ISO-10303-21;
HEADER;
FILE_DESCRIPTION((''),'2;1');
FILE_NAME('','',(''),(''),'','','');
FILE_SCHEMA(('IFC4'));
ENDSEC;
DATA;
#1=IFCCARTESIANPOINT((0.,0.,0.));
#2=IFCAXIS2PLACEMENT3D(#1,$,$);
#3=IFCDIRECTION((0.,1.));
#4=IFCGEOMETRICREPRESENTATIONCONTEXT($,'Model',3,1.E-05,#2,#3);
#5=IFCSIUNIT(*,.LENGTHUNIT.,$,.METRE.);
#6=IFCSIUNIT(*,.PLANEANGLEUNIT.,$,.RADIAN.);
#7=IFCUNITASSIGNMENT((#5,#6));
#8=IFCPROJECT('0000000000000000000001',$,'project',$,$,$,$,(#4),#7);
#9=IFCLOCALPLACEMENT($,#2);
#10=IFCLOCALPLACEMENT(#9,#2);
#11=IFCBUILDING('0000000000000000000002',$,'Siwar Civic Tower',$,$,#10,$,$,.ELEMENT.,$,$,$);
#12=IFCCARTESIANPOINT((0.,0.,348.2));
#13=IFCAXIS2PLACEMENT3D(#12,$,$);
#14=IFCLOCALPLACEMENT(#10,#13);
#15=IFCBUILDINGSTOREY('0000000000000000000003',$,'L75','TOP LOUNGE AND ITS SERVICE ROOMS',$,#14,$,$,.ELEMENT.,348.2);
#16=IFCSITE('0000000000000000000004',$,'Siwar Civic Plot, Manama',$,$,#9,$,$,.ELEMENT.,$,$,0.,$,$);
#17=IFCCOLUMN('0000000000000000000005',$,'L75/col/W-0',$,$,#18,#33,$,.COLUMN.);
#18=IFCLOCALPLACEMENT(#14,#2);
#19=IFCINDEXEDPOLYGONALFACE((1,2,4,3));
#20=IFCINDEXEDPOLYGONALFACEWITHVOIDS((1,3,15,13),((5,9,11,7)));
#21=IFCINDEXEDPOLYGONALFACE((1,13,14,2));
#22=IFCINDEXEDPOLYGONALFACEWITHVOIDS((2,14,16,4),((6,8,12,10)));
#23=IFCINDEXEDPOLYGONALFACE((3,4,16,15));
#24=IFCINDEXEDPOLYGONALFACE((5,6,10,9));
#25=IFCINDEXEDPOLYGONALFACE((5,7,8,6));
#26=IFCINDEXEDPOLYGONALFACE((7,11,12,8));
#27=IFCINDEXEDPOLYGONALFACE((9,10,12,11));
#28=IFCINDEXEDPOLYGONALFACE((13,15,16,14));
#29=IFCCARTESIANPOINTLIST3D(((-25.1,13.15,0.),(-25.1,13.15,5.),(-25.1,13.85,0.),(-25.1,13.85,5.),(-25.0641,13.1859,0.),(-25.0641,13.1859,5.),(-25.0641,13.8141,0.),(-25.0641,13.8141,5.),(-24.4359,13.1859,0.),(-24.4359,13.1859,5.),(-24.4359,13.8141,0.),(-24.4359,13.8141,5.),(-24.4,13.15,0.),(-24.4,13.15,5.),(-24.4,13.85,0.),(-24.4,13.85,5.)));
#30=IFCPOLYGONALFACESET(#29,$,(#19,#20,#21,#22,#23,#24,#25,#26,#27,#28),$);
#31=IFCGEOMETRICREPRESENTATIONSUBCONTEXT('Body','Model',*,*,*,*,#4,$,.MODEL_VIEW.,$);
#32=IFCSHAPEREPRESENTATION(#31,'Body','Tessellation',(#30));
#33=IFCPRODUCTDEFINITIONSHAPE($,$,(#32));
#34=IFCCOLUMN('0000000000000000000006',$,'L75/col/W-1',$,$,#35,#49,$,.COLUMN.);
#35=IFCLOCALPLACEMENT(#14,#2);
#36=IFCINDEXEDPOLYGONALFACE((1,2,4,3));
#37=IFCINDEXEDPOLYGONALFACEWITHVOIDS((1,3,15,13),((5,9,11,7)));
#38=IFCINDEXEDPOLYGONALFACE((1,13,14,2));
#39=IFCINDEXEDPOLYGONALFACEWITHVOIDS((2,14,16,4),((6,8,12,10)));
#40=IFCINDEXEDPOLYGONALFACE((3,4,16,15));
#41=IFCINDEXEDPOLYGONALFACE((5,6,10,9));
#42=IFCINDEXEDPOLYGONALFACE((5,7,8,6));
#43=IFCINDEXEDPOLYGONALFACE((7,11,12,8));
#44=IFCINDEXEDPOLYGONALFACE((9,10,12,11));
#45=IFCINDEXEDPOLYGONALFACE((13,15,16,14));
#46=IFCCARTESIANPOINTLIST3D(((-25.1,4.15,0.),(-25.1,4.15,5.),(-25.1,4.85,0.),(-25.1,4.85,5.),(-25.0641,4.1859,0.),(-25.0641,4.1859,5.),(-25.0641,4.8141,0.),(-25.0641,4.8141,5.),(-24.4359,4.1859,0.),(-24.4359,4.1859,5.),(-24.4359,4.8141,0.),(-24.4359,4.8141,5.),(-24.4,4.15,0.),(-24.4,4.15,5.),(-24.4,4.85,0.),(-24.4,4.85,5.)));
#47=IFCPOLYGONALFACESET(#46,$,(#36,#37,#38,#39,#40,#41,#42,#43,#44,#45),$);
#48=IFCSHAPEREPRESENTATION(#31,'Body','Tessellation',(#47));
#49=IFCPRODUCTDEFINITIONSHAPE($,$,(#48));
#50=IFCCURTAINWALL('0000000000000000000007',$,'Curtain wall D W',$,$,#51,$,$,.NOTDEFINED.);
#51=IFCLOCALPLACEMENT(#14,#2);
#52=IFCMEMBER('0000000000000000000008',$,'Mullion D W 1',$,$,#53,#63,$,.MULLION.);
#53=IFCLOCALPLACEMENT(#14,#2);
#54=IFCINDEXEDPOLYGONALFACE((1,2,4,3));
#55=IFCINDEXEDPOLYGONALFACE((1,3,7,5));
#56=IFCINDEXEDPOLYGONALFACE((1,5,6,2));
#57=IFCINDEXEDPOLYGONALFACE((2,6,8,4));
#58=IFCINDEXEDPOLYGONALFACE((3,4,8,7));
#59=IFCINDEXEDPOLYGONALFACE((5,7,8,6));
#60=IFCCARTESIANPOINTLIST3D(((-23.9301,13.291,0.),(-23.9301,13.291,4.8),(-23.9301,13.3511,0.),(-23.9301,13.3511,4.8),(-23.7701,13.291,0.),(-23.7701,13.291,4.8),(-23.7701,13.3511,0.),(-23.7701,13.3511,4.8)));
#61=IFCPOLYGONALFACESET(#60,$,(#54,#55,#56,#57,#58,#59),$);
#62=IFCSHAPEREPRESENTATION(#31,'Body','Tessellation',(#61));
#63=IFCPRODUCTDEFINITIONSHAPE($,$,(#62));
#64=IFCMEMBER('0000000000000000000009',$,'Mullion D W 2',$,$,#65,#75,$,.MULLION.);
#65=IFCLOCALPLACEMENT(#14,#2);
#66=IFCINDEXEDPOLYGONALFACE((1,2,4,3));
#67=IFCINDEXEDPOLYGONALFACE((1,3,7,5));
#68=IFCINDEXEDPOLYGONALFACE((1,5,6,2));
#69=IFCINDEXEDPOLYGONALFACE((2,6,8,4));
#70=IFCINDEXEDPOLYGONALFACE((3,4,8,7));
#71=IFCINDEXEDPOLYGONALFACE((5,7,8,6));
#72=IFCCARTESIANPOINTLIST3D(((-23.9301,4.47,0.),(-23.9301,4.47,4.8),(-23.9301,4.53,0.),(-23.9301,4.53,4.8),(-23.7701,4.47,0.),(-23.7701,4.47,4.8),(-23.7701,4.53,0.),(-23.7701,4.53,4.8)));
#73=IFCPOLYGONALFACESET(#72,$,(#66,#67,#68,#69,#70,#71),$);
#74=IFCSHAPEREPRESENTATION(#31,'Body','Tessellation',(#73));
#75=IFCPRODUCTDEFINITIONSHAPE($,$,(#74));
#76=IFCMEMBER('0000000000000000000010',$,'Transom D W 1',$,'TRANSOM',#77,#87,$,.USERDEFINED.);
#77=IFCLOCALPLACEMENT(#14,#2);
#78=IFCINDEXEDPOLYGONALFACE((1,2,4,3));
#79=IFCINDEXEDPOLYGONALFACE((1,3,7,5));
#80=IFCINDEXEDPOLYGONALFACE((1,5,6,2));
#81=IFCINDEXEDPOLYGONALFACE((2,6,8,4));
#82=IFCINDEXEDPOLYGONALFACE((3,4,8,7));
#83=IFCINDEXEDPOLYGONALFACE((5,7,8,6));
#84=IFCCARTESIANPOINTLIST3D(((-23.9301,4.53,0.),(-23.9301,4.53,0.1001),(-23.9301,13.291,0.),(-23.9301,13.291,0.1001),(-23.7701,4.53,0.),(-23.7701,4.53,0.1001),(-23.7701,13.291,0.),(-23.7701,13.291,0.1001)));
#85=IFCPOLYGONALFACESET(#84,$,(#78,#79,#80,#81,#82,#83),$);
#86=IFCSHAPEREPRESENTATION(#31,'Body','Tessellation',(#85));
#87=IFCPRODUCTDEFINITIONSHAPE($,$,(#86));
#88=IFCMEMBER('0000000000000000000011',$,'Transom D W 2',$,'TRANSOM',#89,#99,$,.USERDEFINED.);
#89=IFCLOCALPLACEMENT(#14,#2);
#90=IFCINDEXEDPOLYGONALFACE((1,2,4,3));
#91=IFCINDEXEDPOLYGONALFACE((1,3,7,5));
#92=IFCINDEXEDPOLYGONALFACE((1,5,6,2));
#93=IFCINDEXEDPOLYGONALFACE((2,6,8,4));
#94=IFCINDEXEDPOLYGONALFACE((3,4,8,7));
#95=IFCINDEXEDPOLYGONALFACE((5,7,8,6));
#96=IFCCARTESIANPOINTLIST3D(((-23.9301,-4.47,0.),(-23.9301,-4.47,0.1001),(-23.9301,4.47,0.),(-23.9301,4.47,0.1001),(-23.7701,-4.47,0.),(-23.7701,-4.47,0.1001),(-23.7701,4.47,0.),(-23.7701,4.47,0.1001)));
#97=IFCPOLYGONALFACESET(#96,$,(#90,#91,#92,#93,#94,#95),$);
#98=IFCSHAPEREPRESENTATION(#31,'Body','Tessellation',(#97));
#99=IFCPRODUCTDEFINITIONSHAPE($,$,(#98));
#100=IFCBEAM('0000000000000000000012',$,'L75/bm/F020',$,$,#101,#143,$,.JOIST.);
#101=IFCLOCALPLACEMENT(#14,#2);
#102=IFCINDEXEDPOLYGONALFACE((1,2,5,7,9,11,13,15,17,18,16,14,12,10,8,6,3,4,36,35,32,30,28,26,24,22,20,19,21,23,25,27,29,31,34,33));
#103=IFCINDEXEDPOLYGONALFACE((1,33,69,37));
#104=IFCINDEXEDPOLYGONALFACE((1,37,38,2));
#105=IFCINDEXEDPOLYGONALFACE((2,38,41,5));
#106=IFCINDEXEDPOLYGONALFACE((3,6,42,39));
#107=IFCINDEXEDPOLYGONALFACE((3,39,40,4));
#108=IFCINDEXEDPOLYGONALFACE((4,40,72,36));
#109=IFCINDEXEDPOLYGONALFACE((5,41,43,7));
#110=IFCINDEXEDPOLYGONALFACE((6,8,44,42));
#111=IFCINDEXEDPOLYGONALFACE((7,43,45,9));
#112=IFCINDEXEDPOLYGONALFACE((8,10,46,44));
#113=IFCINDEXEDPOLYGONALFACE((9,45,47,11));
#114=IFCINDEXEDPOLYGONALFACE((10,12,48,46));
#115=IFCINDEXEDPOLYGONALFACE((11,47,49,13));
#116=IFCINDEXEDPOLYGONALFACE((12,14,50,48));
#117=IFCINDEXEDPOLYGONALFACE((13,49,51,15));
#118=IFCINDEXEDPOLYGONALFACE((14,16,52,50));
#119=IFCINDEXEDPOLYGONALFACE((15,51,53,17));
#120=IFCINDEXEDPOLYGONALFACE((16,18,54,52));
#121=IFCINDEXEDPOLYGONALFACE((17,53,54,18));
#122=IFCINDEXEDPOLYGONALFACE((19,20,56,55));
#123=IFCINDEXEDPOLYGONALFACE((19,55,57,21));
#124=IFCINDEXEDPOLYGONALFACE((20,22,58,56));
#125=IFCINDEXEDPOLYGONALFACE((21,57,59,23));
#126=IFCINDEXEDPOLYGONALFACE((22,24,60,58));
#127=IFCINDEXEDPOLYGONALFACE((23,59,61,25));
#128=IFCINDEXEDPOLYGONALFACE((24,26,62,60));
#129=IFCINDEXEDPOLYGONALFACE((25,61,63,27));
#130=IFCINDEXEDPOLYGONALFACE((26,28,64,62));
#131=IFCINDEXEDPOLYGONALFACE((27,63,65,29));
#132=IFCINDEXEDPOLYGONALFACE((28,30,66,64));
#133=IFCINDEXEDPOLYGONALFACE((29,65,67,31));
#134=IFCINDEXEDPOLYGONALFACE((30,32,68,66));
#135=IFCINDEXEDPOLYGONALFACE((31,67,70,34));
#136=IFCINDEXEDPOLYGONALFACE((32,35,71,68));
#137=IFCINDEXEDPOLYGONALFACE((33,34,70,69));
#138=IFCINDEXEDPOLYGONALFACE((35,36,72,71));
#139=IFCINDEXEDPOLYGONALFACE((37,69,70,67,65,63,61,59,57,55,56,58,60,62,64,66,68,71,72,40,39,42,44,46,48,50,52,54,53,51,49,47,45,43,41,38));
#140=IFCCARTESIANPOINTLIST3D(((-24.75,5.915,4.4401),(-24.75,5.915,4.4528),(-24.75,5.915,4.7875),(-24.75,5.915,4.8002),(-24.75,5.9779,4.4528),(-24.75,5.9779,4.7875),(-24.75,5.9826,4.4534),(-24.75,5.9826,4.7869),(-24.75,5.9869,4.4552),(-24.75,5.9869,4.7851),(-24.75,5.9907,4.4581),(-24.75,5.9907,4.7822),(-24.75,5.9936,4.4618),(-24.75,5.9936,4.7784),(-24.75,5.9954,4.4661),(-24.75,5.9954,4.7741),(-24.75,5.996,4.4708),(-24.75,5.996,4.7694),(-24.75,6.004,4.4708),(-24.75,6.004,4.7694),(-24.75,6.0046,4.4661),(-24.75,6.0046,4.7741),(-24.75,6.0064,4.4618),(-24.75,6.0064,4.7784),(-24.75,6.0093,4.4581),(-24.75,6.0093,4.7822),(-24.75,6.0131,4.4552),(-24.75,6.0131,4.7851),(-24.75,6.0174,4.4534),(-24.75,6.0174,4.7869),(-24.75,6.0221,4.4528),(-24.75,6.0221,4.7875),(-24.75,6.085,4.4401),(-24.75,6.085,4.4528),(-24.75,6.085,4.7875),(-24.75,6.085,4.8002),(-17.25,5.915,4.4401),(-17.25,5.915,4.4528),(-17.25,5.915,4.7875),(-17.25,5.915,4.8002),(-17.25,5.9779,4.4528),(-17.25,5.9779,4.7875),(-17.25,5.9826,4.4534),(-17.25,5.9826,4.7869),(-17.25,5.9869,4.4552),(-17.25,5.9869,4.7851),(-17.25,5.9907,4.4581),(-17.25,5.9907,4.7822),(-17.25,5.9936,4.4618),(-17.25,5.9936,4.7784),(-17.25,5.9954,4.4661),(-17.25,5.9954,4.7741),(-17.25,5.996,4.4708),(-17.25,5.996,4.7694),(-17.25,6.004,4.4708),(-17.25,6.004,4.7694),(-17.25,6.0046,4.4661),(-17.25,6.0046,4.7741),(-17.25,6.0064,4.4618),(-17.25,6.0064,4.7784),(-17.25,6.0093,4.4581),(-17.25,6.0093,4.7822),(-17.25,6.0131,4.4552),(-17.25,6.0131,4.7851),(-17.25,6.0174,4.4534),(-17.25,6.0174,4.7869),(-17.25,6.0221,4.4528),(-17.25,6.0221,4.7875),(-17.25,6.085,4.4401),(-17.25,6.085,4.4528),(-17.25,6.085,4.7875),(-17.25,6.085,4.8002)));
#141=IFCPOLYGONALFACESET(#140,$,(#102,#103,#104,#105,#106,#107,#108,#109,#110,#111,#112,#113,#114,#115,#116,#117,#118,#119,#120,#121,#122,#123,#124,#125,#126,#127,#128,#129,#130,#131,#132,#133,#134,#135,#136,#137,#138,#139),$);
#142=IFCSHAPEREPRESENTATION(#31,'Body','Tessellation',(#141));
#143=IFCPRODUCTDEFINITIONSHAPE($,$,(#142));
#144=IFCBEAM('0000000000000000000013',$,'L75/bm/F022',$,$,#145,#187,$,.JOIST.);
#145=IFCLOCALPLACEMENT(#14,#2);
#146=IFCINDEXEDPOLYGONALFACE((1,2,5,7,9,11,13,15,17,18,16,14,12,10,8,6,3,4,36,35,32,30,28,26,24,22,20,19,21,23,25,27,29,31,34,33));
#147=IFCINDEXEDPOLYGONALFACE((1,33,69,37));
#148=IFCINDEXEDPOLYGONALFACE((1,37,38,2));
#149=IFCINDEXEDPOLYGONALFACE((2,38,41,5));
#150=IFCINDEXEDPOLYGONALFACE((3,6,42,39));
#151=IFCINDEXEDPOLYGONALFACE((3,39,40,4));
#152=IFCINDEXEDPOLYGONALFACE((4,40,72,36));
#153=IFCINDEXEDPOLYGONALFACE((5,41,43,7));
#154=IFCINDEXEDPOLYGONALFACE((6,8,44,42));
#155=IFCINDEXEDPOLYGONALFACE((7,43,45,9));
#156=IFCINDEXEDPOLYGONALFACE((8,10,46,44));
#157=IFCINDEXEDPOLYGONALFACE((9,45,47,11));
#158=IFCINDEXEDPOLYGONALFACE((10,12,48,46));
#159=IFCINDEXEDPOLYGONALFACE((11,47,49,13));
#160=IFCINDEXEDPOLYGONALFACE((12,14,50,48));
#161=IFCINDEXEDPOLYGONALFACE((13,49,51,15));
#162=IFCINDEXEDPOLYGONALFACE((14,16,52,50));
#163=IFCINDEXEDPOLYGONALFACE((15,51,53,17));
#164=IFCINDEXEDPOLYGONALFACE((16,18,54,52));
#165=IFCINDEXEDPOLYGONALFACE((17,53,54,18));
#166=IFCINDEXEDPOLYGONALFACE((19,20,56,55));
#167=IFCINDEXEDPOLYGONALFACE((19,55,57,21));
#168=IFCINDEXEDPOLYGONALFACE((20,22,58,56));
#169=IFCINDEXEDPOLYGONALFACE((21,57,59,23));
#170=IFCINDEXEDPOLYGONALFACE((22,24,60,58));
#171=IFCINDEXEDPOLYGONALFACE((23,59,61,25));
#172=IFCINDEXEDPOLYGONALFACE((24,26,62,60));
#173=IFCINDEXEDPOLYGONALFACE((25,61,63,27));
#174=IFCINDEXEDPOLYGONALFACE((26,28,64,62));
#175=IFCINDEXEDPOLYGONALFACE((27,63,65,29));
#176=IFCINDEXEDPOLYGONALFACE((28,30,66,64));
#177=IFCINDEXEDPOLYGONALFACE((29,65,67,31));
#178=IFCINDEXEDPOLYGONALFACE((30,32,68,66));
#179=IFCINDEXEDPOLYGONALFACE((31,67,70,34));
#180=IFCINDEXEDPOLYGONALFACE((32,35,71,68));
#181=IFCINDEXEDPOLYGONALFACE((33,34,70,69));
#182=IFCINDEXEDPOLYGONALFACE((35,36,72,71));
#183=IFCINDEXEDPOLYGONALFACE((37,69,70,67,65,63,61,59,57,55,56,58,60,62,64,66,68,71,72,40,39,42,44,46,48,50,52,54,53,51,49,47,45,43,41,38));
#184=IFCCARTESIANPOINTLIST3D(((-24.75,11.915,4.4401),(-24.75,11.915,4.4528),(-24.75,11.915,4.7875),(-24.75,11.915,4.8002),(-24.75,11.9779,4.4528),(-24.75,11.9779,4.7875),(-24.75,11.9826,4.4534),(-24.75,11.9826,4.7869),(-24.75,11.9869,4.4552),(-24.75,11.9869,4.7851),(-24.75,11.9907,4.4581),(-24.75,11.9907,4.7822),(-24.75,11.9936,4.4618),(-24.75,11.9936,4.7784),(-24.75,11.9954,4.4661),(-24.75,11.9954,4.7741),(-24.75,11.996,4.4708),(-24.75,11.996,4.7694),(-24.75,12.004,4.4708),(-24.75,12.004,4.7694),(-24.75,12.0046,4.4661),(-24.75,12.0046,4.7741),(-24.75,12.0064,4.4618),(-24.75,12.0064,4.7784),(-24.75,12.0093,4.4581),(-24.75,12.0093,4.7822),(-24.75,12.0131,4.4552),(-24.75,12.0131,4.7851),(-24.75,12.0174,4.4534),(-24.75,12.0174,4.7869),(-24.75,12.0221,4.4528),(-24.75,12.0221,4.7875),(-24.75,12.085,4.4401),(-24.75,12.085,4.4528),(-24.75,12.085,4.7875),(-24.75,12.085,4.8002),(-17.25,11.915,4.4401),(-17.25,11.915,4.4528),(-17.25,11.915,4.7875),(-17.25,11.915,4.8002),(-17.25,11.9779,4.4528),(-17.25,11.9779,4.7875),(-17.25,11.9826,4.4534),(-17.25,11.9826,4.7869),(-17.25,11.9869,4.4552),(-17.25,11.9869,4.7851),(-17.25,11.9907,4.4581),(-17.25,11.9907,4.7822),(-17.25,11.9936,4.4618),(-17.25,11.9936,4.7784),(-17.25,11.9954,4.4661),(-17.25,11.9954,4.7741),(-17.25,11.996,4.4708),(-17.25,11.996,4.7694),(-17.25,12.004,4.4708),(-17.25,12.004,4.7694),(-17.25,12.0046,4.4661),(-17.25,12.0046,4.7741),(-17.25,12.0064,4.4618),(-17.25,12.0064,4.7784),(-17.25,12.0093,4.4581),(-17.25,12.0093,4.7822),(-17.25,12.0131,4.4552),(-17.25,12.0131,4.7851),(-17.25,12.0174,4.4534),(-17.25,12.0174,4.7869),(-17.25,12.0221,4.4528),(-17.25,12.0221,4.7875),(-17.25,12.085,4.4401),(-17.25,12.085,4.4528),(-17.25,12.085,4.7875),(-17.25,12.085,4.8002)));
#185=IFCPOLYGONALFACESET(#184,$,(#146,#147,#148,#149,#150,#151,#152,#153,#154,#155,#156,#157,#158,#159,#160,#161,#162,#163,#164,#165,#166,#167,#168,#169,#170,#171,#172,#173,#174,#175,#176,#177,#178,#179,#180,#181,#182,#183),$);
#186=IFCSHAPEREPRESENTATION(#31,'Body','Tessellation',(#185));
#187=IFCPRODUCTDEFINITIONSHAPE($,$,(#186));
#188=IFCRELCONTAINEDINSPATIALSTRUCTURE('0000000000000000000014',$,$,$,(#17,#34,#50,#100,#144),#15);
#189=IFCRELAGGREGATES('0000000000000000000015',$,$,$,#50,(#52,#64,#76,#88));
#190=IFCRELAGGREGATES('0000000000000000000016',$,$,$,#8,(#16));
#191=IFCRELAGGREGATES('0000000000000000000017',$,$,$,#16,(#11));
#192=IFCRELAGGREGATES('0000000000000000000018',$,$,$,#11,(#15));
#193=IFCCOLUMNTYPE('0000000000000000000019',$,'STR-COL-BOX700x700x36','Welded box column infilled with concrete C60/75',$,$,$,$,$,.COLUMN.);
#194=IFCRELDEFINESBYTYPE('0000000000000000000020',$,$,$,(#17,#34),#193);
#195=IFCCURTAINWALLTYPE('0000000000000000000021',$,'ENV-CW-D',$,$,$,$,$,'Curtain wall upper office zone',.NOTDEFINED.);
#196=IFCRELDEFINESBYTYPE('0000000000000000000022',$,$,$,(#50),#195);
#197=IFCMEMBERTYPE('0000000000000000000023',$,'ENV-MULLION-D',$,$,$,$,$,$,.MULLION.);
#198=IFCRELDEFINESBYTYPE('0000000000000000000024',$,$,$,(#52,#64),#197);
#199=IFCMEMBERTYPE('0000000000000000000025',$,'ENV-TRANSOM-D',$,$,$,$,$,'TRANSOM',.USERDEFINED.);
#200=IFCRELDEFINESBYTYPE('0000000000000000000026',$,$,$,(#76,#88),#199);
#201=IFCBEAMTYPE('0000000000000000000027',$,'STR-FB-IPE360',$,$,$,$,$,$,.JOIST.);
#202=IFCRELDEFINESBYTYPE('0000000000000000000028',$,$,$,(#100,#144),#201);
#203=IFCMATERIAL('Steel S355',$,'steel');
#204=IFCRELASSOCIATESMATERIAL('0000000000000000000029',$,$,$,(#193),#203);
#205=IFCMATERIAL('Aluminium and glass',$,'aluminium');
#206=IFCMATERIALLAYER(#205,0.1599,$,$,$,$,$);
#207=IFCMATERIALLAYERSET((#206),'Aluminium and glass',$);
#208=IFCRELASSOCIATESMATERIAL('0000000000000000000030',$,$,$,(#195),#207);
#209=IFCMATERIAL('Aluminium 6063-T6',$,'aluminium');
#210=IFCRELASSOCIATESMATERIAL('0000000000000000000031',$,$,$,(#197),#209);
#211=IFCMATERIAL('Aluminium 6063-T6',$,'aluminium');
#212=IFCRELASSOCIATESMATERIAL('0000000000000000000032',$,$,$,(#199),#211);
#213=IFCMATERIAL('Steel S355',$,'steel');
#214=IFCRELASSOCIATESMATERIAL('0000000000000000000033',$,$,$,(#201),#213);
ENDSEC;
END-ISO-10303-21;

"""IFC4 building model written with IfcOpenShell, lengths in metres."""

from ifc_helpers import new_model, si_unit, direction, frame, origin, origin_2d, place, context, subcontext, project, spatial, rectangle, hollow_rectangle, i_section, extrude, material, layer, layer_set, material_profile, profile_set, type_object, element, aggregate, save


model = new_model("IFC4")

# Units and contexts
model_context = context("Model", 3, precision=1e-05, world=origin(), true_north=direction((0.0, 1.0)))
body_context = subcontext(model_context, "Body", "Model", "MODEL_VIEW")
ifc_project = project(units=[si_unit("LENGTHUNIT", "METRE"), si_unit("PLANEANGLEUNIT", "RADIAN")], contexts=[model_context])

# Site, building, storey
site_placement = place(None, origin())
site = spatial("IfcSite", under=ifc_project, at=site_placement, Name="Siwar Civic Plot, Manama", CompositionType="ELEMENT", RefElevation=0.0)
building_placement = place(site_placement, origin())
building = spatial("IfcBuilding", under=site, at=building_placement, Name="Siwar Civic Tower", CompositionType="ELEMENT")
storey_placement = place(building_placement, frame((0.0, 0.0, 348.2)))
storey = spatial("IfcBuildingStorey", under=building, at=storey_placement, Name="L75", Description="TOP LOUNGE AND ITS SERVICE ROOMS", CompositionType="ELEMENT", Elevation=348.2)

# Columns
ifc_material_1 = material(Name="Steel S355", Category="steel")
ifc_material_profile_1 = material_profile(ifc_material_1, hollow_rectangle(XDim=0.7, YDim=0.7, WallThickness=0.0359, at=origin_2d()), Name="BOX700x700x36")
ifc_profile_set_1 = profile_set([ifc_material_profile_1], Name="Steel S355")
column_type = type_object("IfcColumnType", Name="STR-COL-BOX700x700x36", Description="Welded box column infilled with concrete C60/75", PredefinedType="COLUMN", material=ifc_profile_set_1)
for number, where, z_axis, x_axis, name in (
    (1, (-24.75, 13.5, 0.0), (0.0, 0.0, 1.0), (1.0, 0.0, 0.0), "L75/col/W-0"),
    (2, (-24.75, 4.5, 0.0), (0.0, 0.0, 1.0), (1.0, 0.0, 0.0), "L75/col/W-1"),
):
    element("IfcColumn", number, at=place(storey_placement, frame(where, z_axis=z_axis, x_axis=x_axis)), inside=storey, type_object=column_type, Name=name, PredefinedType="COLUMN", context=body_context, shape_type="SweptSolid", body=[
        extrude(hollow_rectangle(XDim=0.7, YDim=0.7, WallThickness=0.0359, at=origin_2d()), origin(), (0.0, 0.0, 1.0), 5.0),
    ])

# Curtain wall, members
ifc_material_2 = material(Name="Aluminium and glass", Category="aluminium")
ifc_layer_1 = layer(ifc_material_2, 0.1599)
ifc_layer_set_1 = layer_set([ifc_layer_1], Name="Aluminium and glass")
curtain_wall_type = type_object("IfcCurtainWallType", Name="ENV-CW-D", ElementType="Curtain wall upper office zone", PredefinedType="NOTDEFINED", material=ifc_layer_set_1)
curtain_wall_placement = place(storey_placement, origin())
curtain_wall = element("IfcCurtainWall", 3, at=curtain_wall_placement, inside=storey, type_object=curtain_wall_type, Name="Curtain wall D W", PredefinedType="NOTDEFINED")
ifc_material_3 = material(Name="Aluminium 6063-T6", Category="aluminium")
ifc_material_profile_2 = material_profile(ifc_material_3, rectangle(XDim=0.1599, YDim=0.0601, at=origin_2d()), Name="AL 160x60")
ifc_profile_set_2 = profile_set([ifc_material_profile_2], Name="Aluminium 6063-T6")
member_type_1 = type_object("IfcMemberType", Name="ENV-MULLION-D", PredefinedType="MULLION", material=ifc_profile_set_2)
member_1_placement = place(storey_placement, frame((-23.8501, 13.321, 0.0), z_axis=(0.0, 0.0, 1.0), x_axis=(1.0, 0.0, 0.0)))
member_1 = element("IfcMember", 4, at=member_1_placement, type_object=member_type_1, Name="Mullion D W 1", PredefinedType="MULLION", context=body_context, shape_type="SweptSolid", body=[
    extrude(rectangle(XDim=0.1599, YDim=0.0601, at=origin_2d()), origin(), (0.0, 0.0, 1.0), 4.8),
])
member_2_placement = place(storey_placement, frame((-23.8501, 4.5, 0.0), z_axis=(0.0, 0.0, 1.0), x_axis=(1.0, 0.0, 0.0)))
member_2 = element("IfcMember", 5, at=member_2_placement, type_object=member_type_1, Name="Mullion D W 2", PredefinedType="MULLION", context=body_context, shape_type="SweptSolid", body=[
    extrude(rectangle(XDim=0.1599, YDim=0.0601, at=origin_2d()), origin(), (0.0, 0.0, 1.0), 4.8),
])
ifc_material_4 = material(Name="Aluminium 6063-T6", Category="aluminium")
ifc_material_profile_3 = material_profile(ifc_material_4, rectangle(XDim=0.1599, YDim=0.1001, at=origin_2d()), Name="AL 160x100")
ifc_profile_set_3 = profile_set([ifc_material_profile_3], Name="Aluminium 6063-T6")
member_type_2 = type_object("IfcMemberType", Name="ENV-TRANSOM-D", ElementType="TRANSOM", PredefinedType="USERDEFINED", material=ifc_profile_set_3)
member_3_placement = place(storey_placement, frame((-23.8501, 13.291, 0.05), z_axis=(0.0, -1.0, 0.0), x_axis=(1.0, 0.0, 0.0)))
member_3 = element("IfcMember", 6, at=member_3_placement, type_object=member_type_2, Name="Transom D W 1", ObjectType="TRANSOM", PredefinedType="USERDEFINED", context=body_context, shape_type="SweptSolid", body=[
    extrude(rectangle(XDim=0.1599, YDim=0.1001, at=origin_2d()), origin(), (0.0, 0.0, 1.0), 8.761),
])
member_4_placement = place(storey_placement, frame((-23.8501, 4.47, 0.05), z_axis=(0.0, -1.0, 0.0), x_axis=(1.0, 0.0, 0.0)))
member_4 = element("IfcMember", 7, at=member_4_placement, type_object=member_type_2, Name="Transom D W 2", ObjectType="TRANSOM", PredefinedType="USERDEFINED", context=body_context, shape_type="SweptSolid", body=[
    extrude(rectangle(XDim=0.1599, YDim=0.1001, at=origin_2d()), origin(), (0.0, 0.0, 1.0), 8.9399),
])

# Beams
ifc_material_5 = material(Name="Steel S355", Category="steel")
ifc_material_profile_4 = material_profile(ifc_material_5, i_section(OverallWidth=0.1699, OverallDepth=0.3601, WebThickness=0.0081, FlangeThickness=0.0127, FilletRadius=0.0181, at=origin_2d()), Name="IPE360")
ifc_profile_set_4 = profile_set([ifc_material_profile_4], Name="Steel S355")
beam_type_1 = type_object("IfcBeamType", Name="STR-FB-IPE360", PredefinedType="JOIST", material=ifc_profile_set_4)
for number, where, z_axis, x_axis, name in (
    (8, (-24.75, 6.0, 4.6201), (1.0, 0.0, 0.0), (0.0, 1.0, 0.0), "L75/bm/F020"),
    (9, (-24.75, 12.0, 4.6201), (1.0, 0.0, 0.0), (0.0, 1.0, 0.0), "L75/bm/F022"),
):
    element("IfcBeam", number, at=place(storey_placement, frame(where, z_axis=z_axis, x_axis=x_axis)), inside=storey, type_object=beam_type_1, Name=name, PredefinedType="JOIST", context=body_context, shape_type="SweptSolid", body=[
        extrude(i_section(OverallWidth=0.1699, OverallDepth=0.3601, WebThickness=0.0081, FlangeThickness=0.0127, FilletRadius=0.0181, at=origin_2d()), origin(), (0.0, 0.0, 1.0), 7.5),
    ])

aggregate(curtain_wall, [member_1, member_2, member_3, member_4])

save(model, "model.ifc")
